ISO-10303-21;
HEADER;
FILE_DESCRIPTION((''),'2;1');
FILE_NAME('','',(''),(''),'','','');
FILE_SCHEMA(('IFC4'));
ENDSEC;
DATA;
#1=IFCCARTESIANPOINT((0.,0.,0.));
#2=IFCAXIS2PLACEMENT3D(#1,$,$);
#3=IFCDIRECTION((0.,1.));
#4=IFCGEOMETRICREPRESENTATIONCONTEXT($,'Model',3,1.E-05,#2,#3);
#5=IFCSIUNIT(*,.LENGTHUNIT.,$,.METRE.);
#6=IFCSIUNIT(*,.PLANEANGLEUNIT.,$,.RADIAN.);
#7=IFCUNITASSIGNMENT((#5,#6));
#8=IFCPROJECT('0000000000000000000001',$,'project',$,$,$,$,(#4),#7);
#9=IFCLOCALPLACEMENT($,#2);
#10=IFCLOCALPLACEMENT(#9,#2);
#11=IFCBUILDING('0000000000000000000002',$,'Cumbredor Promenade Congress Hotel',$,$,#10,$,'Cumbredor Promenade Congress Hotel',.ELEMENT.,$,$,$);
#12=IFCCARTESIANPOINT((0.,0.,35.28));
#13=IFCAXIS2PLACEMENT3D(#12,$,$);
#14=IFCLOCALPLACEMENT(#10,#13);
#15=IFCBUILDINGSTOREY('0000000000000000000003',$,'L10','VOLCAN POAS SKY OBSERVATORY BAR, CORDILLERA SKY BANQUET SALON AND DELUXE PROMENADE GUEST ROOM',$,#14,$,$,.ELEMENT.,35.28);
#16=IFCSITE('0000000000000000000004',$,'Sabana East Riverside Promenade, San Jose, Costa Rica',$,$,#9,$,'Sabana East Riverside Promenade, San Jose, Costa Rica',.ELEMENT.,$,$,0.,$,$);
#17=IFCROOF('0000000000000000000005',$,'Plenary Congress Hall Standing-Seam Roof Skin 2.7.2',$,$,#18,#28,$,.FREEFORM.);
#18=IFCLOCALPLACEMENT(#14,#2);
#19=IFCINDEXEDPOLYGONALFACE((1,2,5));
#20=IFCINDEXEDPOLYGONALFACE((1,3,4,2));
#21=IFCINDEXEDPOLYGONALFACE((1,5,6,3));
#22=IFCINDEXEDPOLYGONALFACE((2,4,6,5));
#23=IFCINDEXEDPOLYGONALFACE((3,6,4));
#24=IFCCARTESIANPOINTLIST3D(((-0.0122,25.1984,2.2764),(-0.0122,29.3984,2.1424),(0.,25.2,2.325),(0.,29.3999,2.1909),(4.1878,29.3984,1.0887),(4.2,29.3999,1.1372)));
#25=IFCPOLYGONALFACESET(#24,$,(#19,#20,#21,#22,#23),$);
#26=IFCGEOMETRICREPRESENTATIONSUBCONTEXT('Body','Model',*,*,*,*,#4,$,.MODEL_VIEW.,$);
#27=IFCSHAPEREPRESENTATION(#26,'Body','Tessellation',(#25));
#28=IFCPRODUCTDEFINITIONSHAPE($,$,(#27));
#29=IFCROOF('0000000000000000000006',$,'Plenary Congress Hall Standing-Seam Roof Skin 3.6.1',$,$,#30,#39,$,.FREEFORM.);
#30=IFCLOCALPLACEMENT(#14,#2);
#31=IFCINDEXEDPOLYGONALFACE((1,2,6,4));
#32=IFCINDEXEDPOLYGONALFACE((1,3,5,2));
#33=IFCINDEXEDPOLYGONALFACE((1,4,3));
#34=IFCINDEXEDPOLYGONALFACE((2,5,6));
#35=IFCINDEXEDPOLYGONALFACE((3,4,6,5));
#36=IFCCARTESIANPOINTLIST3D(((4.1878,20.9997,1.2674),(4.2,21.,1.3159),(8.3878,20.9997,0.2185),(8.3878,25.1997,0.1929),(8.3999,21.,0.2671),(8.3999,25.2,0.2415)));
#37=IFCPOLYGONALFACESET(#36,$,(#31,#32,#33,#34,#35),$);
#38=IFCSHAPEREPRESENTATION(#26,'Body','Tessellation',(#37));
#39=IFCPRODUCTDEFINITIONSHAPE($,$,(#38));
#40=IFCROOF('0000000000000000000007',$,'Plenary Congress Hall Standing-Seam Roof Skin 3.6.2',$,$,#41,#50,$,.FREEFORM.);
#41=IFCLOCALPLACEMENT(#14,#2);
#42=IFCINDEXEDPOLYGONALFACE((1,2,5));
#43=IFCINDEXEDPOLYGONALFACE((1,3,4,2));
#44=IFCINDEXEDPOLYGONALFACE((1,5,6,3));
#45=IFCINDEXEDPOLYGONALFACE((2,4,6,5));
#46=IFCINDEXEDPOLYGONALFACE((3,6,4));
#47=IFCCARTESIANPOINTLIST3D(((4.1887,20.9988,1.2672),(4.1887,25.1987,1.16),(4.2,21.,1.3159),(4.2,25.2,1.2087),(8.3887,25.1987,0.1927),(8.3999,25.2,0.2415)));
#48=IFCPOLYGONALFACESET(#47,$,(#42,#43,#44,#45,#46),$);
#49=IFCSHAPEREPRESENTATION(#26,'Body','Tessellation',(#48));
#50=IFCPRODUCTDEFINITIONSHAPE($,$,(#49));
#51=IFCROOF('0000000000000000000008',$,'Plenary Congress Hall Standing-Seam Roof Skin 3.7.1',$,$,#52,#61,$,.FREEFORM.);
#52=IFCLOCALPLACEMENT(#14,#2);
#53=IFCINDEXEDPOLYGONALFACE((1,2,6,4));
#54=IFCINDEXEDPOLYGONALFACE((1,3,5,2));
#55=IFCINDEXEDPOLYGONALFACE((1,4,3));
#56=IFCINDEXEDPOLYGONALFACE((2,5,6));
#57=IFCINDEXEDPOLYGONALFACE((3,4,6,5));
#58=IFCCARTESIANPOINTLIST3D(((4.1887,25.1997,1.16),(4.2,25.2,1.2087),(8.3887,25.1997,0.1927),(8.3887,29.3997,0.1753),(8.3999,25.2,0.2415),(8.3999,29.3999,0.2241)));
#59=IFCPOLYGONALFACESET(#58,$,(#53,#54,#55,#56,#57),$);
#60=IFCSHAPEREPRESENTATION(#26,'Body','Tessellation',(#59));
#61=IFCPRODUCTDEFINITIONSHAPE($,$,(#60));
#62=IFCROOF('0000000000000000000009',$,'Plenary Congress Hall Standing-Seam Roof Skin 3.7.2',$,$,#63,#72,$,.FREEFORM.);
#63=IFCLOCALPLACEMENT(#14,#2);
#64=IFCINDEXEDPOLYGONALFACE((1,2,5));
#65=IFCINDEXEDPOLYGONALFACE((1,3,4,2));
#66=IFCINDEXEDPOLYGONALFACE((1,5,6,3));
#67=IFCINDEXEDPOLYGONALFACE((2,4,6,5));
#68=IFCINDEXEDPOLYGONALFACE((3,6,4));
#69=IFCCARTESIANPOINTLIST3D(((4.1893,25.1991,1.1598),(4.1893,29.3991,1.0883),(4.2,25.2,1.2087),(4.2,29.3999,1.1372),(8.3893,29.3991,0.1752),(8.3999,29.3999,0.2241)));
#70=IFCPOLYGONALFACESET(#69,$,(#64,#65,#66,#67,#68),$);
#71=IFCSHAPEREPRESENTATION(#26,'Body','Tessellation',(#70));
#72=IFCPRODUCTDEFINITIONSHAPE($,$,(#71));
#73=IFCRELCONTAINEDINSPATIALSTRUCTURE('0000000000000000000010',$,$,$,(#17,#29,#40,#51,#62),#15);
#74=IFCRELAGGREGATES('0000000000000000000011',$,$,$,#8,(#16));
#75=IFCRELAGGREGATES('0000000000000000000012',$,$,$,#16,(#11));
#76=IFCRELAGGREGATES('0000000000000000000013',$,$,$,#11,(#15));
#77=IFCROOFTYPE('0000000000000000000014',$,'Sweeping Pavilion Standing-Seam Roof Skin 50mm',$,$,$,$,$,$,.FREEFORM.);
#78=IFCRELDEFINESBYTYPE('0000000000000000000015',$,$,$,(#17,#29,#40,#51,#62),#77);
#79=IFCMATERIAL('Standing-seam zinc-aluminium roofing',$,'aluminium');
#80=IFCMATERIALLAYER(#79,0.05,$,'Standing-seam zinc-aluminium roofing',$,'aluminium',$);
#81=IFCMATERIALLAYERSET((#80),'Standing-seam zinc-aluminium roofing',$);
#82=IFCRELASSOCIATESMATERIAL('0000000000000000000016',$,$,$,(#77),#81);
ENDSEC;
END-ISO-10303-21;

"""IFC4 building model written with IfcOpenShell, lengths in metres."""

from ifc_helpers import new_model, si_unit, direction, frame, origin, place, context, subcontext, project, spatial, polyline, outline, extrude, material, layer, layer_set, type_object, element, save


model = new_model("IFC4")

# Units and contexts
model_context = context("Model", 3, precision=1e-05, world=origin(), true_north=direction((0.0, 1.0)))
body_context = subcontext(model_context, "Body", "Model", "MODEL_VIEW")
ifc_project = project(units=[si_unit("LENGTHUNIT", "METRE"), si_unit("PLANEANGLEUNIT", "RADIAN")], contexts=[model_context])

# Site, building, storey
site_placement = place(None, origin())
site = spatial("IfcSite", under=ifc_project, at=site_placement, Name="Sabana East Riverside Promenade, San Jose, Costa Rica", LongName="Sabana East Riverside Promenade, San Jose, Costa Rica", CompositionType="ELEMENT", RefElevation=0.0)
building_placement = place(site_placement, origin())
building = spatial("IfcBuilding", under=site, at=building_placement, Name="Cumbredor Promenade Congress Hotel", LongName="Cumbredor Promenade Congress Hotel", CompositionType="ELEMENT")
storey_placement = place(building_placement, frame((0.0, 0.0, 35.28)))
storey = spatial("IfcBuildingStorey", under=building, at=storey_placement, Name="L10", Description="VOLCAN POAS SKY OBSERVATORY BAR, CORDILLERA SKY BANQUET SALON AND DELUXE PROMENADE GUEST ROOM", CompositionType="ELEMENT", Elevation=35.28)

# Roofs
ifc_material_1 = material(Name="Standing-seam zinc-aluminium roofing", Category="aluminium")
ifc_layer_1 = layer(ifc_material_1, 0.05, Name="Standing-seam zinc-aluminium roofing", Category="aluminium")
ifc_layer_set_1 = layer_set([ifc_layer_1], Name="Standing-seam zinc-aluminium roofing")
roof_type = type_object("IfcRoofType", Name="Sweeping Pavilion Standing-Seam Roof Skin 50mm", PredefinedType="FREEFORM", material=ifc_layer_set_1)
roof_1_placement = place(storey_placement, frame((0.0, 25.2, 2.325), z_axis=(0.243228, 0.030939, 0.969476), x_axis=(0.693379, 0.693379, -0.196087)))
element("IfcRoof", 1, at=roof_1_placement, inside=storey, type_object=roof_type, Name="Plenary Congress Hall Standing-Seam Roof Skin 2.7.2", PredefinedType="FREEFORM", context=body_context, shape_type="SweptSolid", body=[
    extrude(outline(polyline([(0.0, 0.0), (6.0572, 0.0), (2.9384, 3.0039), (0.0, 0.0)])), origin(), (0.0, 0.0, -1.0), 0.05),
])
roof_2_placement = place(storey_placement, frame((4.2, 21.0, 1.3159), z_axis=(0.242279, 0.005922, 0.970188), x_axis=(0.970205, 0.0, -0.242283)))
element("IfcRoof", 2, at=roof_2_placement, inside=storey, type_object=roof_type, Name="Plenary Congress Hall Standing-Seam Roof Skin 3.6.1", PredefinedType="FREEFORM", context=body_context, shape_type="SweptSolid", body=[
    extrude(outline(polyline([(0.0, 0.0), (4.3289, 0.0), (4.3351, 4.2), (0.0, 0.0)])), origin(), (0.0, 0.0, -1.0), 0.05),
])
roof_3_placement = place(storey_placement, frame((4.2, 21.0, 1.3159), z_axis=(0.224364, 0.02486, 0.974188), x_axis=(0.695814, 0.695814, -0.178008)))
element("IfcRoof", 3, at=roof_3_placement, inside=storey, type_object=roof_type, Name="Plenary Congress Hall Standing-Seam Roof Skin 3.6.2", PredefinedType="FREEFORM", context=body_context, shape_type="SweptSolid", body=[
    extrude(outline(polyline([(0.0, 0.0), (6.036, 0.0), (2.9415, 2.9998), (0.0, 0.0)])), origin(), (0.0, 0.0, -1.0), 0.05),
])
roof_4_placement = place(storey_placement, frame((4.2, 25.2, 1.2087), z_axis=(0.224432, 0.004022, 0.974482), x_axis=(0.974489, 0.0, -0.224433)))
element("IfcRoof", 4, at=roof_4_placement, inside=storey, type_object=roof_type, Name="Plenary Congress Hall Standing-Seam Roof Skin 3.7.1", PredefinedType="FREEFORM", context=body_context, shape_type="SweptSolid", body=[
    extrude(outline(polyline([(0.0, 0.0), (4.3099, 0.0), (4.3138, 4.2), (0.0, 0.0)])), origin(), (0.0, 0.0, -1.0), 0.05),
])
roof_5_placement = place(storey_placement, frame((4.2, 25.2, 1.2087), z_axis=(0.212412, 0.016641, 0.977038), x_axis=(0.697587, 0.697587, -0.163539)))
element("IfcRoof", 5, at=roof_5_placement, inside=storey, type_object=roof_type, Name="Plenary Congress Hall Standing-Seam Roof Skin 3.7.2", PredefinedType="FREEFORM", context=body_context, shape_type="SweptSolid", body=[
    extrude(outline(polyline([(0.0, 0.0), (6.0207, 0.0), (2.9415, 2.9987), (0.0, 0.0)])), origin(), (0.0, 0.0, -1.0), 0.05),
])

save(model, "model.ifc")
